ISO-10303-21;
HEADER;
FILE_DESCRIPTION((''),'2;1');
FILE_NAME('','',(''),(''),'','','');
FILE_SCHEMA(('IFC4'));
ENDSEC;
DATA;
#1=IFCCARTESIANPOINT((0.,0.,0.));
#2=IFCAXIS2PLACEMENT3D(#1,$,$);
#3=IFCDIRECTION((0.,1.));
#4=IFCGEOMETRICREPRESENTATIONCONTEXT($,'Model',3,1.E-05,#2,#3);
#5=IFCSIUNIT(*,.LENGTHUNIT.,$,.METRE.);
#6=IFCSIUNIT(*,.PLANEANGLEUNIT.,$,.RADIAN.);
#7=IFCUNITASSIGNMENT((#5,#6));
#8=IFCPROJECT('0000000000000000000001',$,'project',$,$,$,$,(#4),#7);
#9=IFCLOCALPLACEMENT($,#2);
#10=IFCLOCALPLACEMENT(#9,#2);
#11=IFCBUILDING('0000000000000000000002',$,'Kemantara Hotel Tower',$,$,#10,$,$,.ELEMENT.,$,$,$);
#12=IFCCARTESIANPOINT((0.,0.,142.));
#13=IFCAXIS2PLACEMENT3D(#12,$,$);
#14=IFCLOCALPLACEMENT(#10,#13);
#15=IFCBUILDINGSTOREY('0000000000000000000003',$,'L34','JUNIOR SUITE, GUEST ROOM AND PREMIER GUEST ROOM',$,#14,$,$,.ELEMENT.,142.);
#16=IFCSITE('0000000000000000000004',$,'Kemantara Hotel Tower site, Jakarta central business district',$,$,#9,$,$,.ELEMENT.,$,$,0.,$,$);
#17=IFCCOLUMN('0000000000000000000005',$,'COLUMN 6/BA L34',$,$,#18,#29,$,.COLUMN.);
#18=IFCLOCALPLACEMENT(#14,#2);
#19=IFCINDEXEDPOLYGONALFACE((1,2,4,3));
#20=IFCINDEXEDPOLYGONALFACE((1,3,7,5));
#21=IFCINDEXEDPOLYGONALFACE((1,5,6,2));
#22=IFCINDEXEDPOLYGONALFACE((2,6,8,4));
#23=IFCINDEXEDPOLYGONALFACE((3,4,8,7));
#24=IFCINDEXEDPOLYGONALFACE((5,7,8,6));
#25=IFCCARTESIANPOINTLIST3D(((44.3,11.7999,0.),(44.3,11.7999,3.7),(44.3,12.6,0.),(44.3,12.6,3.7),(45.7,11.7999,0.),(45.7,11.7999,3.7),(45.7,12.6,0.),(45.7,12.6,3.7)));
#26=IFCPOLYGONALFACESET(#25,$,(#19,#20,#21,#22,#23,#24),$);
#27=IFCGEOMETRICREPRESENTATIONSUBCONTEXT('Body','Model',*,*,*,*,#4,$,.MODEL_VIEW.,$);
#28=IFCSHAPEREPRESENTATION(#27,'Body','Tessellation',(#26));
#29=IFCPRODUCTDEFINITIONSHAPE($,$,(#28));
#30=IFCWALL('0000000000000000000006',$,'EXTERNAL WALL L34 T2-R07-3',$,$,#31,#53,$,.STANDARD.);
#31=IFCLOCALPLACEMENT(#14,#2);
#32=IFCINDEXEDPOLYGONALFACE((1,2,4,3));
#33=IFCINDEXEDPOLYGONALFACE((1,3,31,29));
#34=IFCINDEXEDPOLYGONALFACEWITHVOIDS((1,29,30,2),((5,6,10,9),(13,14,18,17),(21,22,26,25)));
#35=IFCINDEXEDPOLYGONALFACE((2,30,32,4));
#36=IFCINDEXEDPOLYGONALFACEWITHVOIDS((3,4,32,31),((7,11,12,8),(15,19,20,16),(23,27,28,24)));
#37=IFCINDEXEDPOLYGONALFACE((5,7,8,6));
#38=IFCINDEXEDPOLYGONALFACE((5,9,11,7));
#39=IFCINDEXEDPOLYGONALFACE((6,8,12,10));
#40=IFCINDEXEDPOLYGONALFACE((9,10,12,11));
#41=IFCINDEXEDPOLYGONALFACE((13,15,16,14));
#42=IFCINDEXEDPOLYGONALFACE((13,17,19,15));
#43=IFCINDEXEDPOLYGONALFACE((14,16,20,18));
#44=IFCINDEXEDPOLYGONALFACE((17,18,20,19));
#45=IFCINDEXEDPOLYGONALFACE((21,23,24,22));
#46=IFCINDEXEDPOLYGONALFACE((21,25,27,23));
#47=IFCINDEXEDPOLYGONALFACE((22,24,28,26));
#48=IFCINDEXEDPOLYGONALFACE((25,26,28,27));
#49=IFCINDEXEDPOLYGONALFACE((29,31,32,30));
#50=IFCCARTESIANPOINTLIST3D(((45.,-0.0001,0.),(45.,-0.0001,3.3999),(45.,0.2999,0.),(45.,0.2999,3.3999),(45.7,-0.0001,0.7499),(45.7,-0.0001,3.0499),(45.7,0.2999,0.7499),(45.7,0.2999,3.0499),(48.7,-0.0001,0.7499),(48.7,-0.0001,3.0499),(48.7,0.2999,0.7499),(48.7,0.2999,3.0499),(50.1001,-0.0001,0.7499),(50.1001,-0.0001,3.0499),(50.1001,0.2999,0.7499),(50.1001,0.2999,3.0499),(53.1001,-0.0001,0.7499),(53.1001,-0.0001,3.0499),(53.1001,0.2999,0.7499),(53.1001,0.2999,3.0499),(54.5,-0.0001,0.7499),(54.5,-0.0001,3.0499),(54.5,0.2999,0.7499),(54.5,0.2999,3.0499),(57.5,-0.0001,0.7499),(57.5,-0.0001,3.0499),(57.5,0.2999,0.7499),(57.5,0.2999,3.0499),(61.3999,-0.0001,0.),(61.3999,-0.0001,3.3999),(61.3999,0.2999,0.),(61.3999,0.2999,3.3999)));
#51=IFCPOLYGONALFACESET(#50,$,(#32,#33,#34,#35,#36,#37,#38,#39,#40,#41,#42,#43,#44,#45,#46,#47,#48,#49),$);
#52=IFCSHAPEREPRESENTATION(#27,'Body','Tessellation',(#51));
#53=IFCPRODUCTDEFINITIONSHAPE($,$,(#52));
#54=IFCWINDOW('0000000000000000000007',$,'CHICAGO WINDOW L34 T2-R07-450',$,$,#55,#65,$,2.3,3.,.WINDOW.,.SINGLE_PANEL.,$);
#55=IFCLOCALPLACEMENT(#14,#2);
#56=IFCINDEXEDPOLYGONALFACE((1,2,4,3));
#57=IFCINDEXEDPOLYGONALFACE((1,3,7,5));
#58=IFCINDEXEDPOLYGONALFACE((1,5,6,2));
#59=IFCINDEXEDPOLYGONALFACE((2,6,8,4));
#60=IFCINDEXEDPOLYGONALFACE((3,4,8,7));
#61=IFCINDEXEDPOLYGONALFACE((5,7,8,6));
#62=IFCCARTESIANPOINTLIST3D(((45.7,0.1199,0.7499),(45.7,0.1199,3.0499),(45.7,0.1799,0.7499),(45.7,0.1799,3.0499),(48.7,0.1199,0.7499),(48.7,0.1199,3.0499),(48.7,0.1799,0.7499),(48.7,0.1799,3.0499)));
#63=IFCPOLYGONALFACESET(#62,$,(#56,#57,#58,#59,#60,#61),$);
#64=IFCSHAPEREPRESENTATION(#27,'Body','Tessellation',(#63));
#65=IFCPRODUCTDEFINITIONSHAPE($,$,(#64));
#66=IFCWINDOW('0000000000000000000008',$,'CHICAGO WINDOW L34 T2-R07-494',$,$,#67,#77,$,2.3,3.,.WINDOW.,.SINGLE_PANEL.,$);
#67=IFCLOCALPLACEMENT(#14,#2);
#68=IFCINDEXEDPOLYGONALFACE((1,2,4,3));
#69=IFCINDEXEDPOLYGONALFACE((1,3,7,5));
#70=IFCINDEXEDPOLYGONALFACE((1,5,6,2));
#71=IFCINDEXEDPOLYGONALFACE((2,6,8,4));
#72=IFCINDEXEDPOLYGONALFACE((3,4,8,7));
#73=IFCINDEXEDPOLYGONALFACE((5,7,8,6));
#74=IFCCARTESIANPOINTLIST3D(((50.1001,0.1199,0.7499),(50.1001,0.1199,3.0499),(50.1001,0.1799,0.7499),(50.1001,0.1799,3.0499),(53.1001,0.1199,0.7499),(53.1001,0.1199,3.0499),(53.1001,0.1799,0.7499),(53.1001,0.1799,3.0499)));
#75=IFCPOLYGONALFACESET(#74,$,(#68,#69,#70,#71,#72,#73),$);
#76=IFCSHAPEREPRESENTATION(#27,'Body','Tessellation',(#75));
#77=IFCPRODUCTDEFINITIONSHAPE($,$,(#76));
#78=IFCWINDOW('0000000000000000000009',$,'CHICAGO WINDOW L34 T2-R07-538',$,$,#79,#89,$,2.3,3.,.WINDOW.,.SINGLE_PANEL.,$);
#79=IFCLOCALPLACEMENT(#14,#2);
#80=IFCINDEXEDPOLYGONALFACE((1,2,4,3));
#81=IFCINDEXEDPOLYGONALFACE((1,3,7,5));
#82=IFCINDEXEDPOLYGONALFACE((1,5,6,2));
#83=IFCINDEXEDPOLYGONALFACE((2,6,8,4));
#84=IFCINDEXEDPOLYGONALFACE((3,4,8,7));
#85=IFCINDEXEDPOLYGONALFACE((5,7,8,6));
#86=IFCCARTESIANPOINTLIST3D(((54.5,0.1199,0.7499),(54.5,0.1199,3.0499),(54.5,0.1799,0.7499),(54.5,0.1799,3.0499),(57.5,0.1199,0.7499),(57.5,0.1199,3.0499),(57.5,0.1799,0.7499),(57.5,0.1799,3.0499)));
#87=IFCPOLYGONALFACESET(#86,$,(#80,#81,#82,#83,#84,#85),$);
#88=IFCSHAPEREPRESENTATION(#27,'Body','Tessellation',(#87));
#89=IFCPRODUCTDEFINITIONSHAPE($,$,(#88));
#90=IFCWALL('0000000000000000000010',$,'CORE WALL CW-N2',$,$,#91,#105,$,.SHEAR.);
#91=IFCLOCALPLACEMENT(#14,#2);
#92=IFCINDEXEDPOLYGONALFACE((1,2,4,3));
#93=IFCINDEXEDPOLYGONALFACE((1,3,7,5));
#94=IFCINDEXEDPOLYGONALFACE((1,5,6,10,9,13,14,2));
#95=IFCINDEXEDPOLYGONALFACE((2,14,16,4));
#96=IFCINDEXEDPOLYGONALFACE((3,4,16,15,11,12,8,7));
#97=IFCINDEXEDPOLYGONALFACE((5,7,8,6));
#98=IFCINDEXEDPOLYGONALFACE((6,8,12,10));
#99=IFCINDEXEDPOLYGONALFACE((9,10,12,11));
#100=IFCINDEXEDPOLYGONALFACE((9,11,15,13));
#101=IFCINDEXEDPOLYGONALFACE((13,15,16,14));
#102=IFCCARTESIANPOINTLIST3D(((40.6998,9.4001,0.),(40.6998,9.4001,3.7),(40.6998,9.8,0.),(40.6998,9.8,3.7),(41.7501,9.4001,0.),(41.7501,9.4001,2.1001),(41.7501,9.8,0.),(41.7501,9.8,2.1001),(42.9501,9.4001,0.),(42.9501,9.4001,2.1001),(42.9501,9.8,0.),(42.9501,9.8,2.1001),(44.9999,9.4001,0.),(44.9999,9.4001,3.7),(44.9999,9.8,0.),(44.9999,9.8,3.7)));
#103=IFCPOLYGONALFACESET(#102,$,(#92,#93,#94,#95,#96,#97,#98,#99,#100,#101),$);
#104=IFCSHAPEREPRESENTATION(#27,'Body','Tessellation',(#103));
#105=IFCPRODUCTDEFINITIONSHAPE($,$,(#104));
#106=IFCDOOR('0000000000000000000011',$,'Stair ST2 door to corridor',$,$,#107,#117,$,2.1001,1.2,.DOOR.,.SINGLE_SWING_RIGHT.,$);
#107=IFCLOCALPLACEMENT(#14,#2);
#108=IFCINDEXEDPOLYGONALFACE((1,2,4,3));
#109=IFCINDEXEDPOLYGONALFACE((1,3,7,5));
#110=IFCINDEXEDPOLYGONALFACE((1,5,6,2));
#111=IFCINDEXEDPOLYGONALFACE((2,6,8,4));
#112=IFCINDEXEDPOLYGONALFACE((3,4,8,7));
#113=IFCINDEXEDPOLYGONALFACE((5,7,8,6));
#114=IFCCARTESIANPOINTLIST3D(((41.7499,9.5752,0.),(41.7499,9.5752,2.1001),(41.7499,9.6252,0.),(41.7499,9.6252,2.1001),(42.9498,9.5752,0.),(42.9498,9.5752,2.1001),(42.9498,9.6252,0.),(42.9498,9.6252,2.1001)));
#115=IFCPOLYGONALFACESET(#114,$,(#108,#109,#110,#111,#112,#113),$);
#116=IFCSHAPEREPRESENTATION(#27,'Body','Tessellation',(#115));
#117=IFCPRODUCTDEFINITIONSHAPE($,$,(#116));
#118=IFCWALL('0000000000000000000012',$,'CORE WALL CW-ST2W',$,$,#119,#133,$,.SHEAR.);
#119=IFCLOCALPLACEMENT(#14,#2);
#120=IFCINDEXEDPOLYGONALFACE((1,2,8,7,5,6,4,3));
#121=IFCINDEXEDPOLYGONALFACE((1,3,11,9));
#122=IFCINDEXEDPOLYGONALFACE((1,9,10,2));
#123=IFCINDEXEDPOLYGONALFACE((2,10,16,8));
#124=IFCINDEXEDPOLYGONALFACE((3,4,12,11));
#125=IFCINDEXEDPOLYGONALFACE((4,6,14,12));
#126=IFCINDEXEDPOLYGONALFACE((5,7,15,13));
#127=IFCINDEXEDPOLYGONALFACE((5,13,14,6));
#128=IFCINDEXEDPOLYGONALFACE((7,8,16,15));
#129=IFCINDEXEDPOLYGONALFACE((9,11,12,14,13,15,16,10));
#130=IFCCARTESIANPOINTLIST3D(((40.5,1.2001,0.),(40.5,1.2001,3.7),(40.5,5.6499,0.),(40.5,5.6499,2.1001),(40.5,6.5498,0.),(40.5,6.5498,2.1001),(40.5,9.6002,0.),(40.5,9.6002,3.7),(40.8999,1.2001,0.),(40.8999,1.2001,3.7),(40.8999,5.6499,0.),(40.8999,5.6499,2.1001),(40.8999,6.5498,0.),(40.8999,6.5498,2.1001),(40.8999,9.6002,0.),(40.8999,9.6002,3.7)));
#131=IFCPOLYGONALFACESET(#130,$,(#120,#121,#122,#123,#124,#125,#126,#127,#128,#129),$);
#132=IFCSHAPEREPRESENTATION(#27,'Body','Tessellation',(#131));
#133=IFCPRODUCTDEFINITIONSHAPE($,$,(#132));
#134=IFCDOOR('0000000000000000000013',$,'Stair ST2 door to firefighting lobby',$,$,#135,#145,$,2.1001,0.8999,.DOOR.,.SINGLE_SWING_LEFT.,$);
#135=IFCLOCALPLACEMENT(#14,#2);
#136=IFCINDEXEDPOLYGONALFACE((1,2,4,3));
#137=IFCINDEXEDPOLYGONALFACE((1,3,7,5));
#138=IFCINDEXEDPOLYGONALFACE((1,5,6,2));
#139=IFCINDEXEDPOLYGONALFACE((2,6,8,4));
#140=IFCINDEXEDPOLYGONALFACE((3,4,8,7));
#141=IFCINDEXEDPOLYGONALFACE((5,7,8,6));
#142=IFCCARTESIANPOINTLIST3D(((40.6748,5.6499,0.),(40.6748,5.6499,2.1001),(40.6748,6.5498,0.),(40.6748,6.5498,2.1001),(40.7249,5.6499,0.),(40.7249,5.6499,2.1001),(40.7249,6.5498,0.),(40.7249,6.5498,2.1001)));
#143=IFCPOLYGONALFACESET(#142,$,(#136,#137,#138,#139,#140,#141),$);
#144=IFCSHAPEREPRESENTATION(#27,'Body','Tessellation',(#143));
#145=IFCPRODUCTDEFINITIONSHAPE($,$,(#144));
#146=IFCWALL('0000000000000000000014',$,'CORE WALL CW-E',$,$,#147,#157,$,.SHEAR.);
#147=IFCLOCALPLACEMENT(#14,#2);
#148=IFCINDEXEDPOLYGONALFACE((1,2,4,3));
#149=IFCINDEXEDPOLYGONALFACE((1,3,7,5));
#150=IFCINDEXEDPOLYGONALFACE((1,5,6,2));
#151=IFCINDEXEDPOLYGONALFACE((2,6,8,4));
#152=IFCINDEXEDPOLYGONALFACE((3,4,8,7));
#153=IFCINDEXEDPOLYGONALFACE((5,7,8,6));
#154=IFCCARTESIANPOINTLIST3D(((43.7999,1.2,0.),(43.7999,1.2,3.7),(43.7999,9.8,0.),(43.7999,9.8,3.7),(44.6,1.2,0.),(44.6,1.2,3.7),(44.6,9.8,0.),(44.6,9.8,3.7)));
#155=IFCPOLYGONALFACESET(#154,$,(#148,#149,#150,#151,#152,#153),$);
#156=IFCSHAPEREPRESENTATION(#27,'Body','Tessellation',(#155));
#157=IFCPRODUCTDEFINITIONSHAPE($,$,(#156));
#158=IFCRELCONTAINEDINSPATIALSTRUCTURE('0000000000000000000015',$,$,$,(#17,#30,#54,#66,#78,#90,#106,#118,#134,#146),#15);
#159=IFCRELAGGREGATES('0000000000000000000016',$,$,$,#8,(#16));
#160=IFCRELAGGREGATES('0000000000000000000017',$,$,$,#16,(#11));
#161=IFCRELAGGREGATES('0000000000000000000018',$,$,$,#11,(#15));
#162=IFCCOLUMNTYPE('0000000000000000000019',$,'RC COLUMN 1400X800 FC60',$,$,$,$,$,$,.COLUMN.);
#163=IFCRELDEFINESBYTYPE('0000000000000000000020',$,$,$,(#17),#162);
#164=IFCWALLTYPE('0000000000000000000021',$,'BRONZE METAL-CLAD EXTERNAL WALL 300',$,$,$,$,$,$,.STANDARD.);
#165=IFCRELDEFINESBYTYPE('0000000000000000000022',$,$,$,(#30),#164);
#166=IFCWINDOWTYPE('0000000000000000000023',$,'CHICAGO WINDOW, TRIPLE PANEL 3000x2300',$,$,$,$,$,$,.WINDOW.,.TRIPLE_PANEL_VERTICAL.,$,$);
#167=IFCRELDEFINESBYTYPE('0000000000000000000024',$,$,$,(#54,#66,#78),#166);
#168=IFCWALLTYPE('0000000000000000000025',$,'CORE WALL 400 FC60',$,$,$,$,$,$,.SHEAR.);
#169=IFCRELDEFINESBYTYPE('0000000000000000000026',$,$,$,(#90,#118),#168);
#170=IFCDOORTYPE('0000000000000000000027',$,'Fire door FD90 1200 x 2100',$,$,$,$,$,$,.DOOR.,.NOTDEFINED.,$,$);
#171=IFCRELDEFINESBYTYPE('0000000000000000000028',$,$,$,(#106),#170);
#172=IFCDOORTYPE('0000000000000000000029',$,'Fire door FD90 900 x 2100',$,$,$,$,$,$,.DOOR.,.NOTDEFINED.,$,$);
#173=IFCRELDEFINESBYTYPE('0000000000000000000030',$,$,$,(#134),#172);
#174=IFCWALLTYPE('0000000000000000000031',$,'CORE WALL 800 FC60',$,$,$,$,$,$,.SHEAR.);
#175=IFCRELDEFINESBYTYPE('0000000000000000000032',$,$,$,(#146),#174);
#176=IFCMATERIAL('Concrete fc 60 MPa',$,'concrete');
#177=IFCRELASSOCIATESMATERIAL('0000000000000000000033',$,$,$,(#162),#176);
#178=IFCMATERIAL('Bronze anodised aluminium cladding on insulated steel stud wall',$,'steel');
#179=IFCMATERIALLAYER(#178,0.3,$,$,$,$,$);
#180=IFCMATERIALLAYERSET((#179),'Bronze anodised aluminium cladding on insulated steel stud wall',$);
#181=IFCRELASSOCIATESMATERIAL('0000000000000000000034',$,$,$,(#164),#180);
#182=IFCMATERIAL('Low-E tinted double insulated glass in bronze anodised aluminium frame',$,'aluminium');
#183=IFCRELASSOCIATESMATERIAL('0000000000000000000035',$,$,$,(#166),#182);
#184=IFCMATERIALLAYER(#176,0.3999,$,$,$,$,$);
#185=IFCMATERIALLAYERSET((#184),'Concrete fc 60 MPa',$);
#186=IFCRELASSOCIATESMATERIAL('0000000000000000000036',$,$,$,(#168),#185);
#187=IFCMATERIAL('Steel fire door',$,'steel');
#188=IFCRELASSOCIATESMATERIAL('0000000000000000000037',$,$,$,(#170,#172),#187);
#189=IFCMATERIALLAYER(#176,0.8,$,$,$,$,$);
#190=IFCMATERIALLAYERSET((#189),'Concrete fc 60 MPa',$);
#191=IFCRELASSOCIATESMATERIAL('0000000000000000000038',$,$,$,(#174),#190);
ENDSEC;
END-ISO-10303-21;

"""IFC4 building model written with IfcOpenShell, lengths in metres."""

from ifc_helpers import new_model, si_unit, direction, frame, frame_2d, origin, origin_2d, place, context, subcontext, project, spatial, rectangle, extrude, material, layer, layer_set, material_profile, profile_set, type_object, element, fill, save


model = new_model("IFC4")

# Units and contexts
model_context = context("Model", 3, precision=1e-05, world=origin(), true_north=direction((0.0, 1.0)))
body_context = subcontext(model_context, "Body", "Model", "MODEL_VIEW")
ifc_project = project(units=[si_unit("LENGTHUNIT", "METRE"), si_unit("PLANEANGLEUNIT", "RADIAN")], contexts=[model_context])

# Site, building, storey
site_placement = place(None, origin())
site = spatial("IfcSite", under=ifc_project, at=site_placement, Name="Kemantara Hotel Tower site, Jakarta central business district", CompositionType="ELEMENT", RefElevation=0.0)
building_placement = place(site_placement, origin())
building = spatial("IfcBuilding", under=site, at=building_placement, Name="Kemantara Hotel Tower", CompositionType="ELEMENT")
storey_placement = place(building_placement, frame((0.0, 0.0, 142.0)))
storey = spatial("IfcBuildingStorey", under=building, at=storey_placement, Name="L34", Description="JUNIOR SUITE, GUEST ROOM AND PREMIER GUEST ROOM", CompositionType="ELEMENT", Elevation=142.0)

# Column
ifc_material_1 = material(Name="Concrete fc 60 MPa", Category="concrete")
ifc_material_profile = material_profile(ifc_material_1, rectangle(XDim=1.3999, YDim=0.8, at=origin_2d()), Name="RC 1400X800")
ifc_profile_set = profile_set([ifc_material_profile], Name="Concrete fc 60 MPa")
column_type = type_object("IfcColumnType", Name="RC COLUMN 1400X800 FC60", PredefinedType="COLUMN", material=ifc_profile_set)
column_placement = place(storey_placement, frame((45.0, 12.2, 0.0), z_axis=(0.0, 0.0, 1.0), x_axis=(1.0, 0.0, 0.0)))
element("IfcColumn", 1, at=column_placement, inside=storey, type_object=column_type, Name="COLUMN 6/BA L34", PredefinedType="COLUMN", context=body_context, shape_type="SweptSolid", body=[
    extrude(rectangle(XDim=1.3999, YDim=0.8, at=origin_2d()), origin(), (0.0, 0.0, 1.0), 3.7),
])

# Wall, openings, windows
ifc_material_2 = material(Name="Bronze anodised aluminium cladding on insulated steel stud wall", Category="steel")
ifc_layer_1 = layer(ifc_material_2, 0.3)
ifc_layer_set_1 = layer_set([ifc_layer_1], Name="Bronze anodised aluminium cladding on insulated steel stud wall")
wall_type_1 = type_object("IfcWallType", Name="BRONZE METAL-CLAD EXTERNAL WALL 300", PredefinedType="STANDARD", material=ifc_layer_set_1)
wall_1_placement = place(storey_placement, frame((45.0, 0.1499, 0.0), z_axis=(0.0, 0.0, 1.0), x_axis=(1.0, 0.0, 0.0)))
wall_1 = element("IfcWall", 2, at=wall_1_placement, inside=storey, type_object=wall_type_1, Name="EXTERNAL WALL L34 T2-R07-3", PredefinedType="STANDARD", context=body_context, shape_type="SweptSolid", body=[
    extrude(rectangle(XDim=16.3999, YDim=0.3, at=frame_2d((8.2, 0.0))), origin(), (0.0, 0.0, 1.0), 3.3999),
])
opening_1_placement = place(wall_1_placement, frame((0.7, 0.0, 0.75)))
opening_1 = element("IfcOpeningElement", 3, at=opening_1_placement, cuts=wall_1, PredefinedType="OPENING", context=body_context, shape_type="SweptSolid", body=[
    extrude(rectangle(XDim=3.0, YDim=2.3, at=frame_2d((1.5, 1.1499))), frame((0.0, 0.1599, 0.0), z_axis=(0.0, -1.0, 0.0), x_axis=(1.0, 0.0, 0.0)), (0.0, 0.0, 1.0), 0.3201),
])
opening_2_placement = place(wall_1_placement, frame((5.1001, 0.0, 0.75)))
opening_2 = element("IfcOpeningElement", 4, at=opening_2_placement, cuts=wall_1, PredefinedType="OPENING", context=body_context, shape_type="SweptSolid", body=[
    extrude(rectangle(XDim=3.0, YDim=2.3, at=frame_2d((1.5, 1.1499))), frame((0.0, 0.1599, 0.0), z_axis=(0.0, -1.0, 0.0), x_axis=(1.0, 0.0, 0.0)), (0.0, 0.0, 1.0), 0.3201),
])
opening_3_placement = place(wall_1_placement, frame((9.5, 0.0, 0.75)))
opening_3 = element("IfcOpeningElement", 5, at=opening_3_placement, cuts=wall_1, PredefinedType="OPENING", context=body_context, shape_type="SweptSolid", body=[
    extrude(rectangle(XDim=3.0, YDim=2.3, at=frame_2d((1.5, 1.1499))), frame((0.0, 0.1599, 0.0), z_axis=(0.0, -1.0, 0.0), x_axis=(1.0, 0.0, 0.0)), (0.0, 0.0, 1.0), 0.3201),
])
ifc_material_3 = material(Name="Low-E tinted double insulated glass in bronze anodised aluminium frame", Category="aluminium")
window_type = type_object("IfcWindowType", Name="CHICAGO WINDOW, TRIPLE PANEL 3000x2300", PartitioningType="TRIPLE_PANEL_VERTICAL", PredefinedType="WINDOW", material=ifc_material_3)
window_1_placement = place(opening_1_placement, origin())
window_1 = element("IfcWindow", 6, at=window_1_placement, inside=storey, type_object=window_type, Name="CHICAGO WINDOW L34 T2-R07-450", OverallHeight=2.3, OverallWidth=3.0, PartitioningType="SINGLE_PANEL", PredefinedType="WINDOW", context=body_context, shape_type="SweptSolid", body=[
    extrude(rectangle(XDim=3.0, YDim=2.3, at=frame_2d((1.5, 1.1499))), frame((0.0, 0.03, 0.0), z_axis=(0.0, -1.0, 0.0), x_axis=(1.0, 0.0, 0.0)), (0.0, 0.0, 1.0), 0.0601),
])
fill(opening_1, window_1)
window_2_placement = place(opening_2_placement, origin())
window_2 = element("IfcWindow", 7, at=window_2_placement, inside=storey, type_object=window_type, Name="CHICAGO WINDOW L34 T2-R07-494", OverallHeight=2.3, OverallWidth=3.0, PartitioningType="SINGLE_PANEL", PredefinedType="WINDOW", context=body_context, shape_type="SweptSolid", body=[
    extrude(rectangle(XDim=3.0, YDim=2.3, at=frame_2d((1.5, 1.1499))), frame((0.0, 0.03, 0.0), z_axis=(0.0, -1.0, 0.0), x_axis=(1.0, 0.0, 0.0)), (0.0, 0.0, 1.0), 0.0601),
])
fill(opening_2, window_2)
window_3_placement = place(opening_3_placement, origin())
window_3 = element("IfcWindow", 8, at=window_3_placement, inside=storey, type_object=window_type, Name="CHICAGO WINDOW L34 T2-R07-538", OverallHeight=2.3, OverallWidth=3.0, PartitioningType="SINGLE_PANEL", PredefinedType="WINDOW", context=body_context, shape_type="SweptSolid", body=[
    extrude(rectangle(XDim=3.0, YDim=2.3, at=frame_2d((1.5, 1.1499))), frame((0.0, 0.03, 0.0), z_axis=(0.0, -1.0, 0.0), x_axis=(1.0, 0.0, 0.0)), (0.0, 0.0, 1.0), 0.0601),
])
fill(opening_3, window_3)

# Walls, openings, doors
ifc_layer_2 = layer(ifc_material_1, 0.3999)
ifc_layer_set_2 = layer_set([ifc_layer_2], Name="Concrete fc 60 MPa")
wall_type_2 = type_object("IfcWallType", Name="CORE WALL 400 FC60", PredefinedType="SHEAR", material=ifc_layer_set_2)
wall_2_placement = place(storey_placement, frame((40.7, 9.6001, 0.0), z_axis=(0.0, 0.0, 1.0), x_axis=(1.0, 0.0, 0.0)))
wall_2 = element("IfcWall", 9, at=wall_2_placement, inside=storey, type_object=wall_type_2, Name="CORE WALL CW-N2", PredefinedType="SHEAR", context=body_context, shape_type="SweptSolid", body=[
    extrude(rectangle(XDim=4.3, YDim=0.3999, at=frame_2d((2.1499, 0.0))), origin(), (0.0, 0.0, 1.0), 3.7),
])
opening_4_placement = place(wall_2_placement, frame((1.05, 0.0, 0.0)))
opening_4 = element("IfcOpeningElement", 10, at=opening_4_placement, cuts=wall_2, PredefinedType="OPENING", context=body_context, shape_type="SweptSolid", body=[
    extrude(rectangle(XDim=1.2, YDim=2.1001, at=frame_2d((0.6001, 1.05))), frame((0.0, 0.21, 0.0), z_axis=(0.0, -1.0, 0.0), x_axis=(1.0, 0.0, 0.0)), (0.0, 0.0, 1.0), 0.4199),
])
ifc_material_4 = material(Name="Steel fire door", Category="steel")
door_type_1 = type_object("IfcDoorType", Name="Fire door FD90 1200 x 2100", OperationType="NOTDEFINED", PredefinedType="DOOR", material=ifc_material_4)
door_1_placement = place(opening_4_placement, frame((1.2, 0.0, 0.0), z_axis=(0.0, 0.0, 1.0), x_axis=(-1.0, 0.0, 0.0)))
door_1 = element("IfcDoor", 11, at=door_1_placement, inside=storey, type_object=door_type_1, Name="Stair ST2 door to corridor", OperationType="SINGLE_SWING_RIGHT", OverallHeight=2.1001, OverallWidth=1.2, PredefinedType="DOOR", context=body_context, shape_type="SweptSolid", body=[
    extrude(rectangle(XDim=1.2, YDim=2.1001, at=frame_2d((0.6001, 1.05))), frame((0.0, 0.0249, 0.0), z_axis=(0.0, -1.0, 0.0), x_axis=(1.0, 0.0, 0.0)), (0.0, 0.0, 1.0), 0.05),
])
fill(opening_4, door_1)
wall_3_placement = place(storey_placement, frame((40.7, 1.2, 0.0), z_axis=(0.0, 0.0, 1.0), x_axis=(0.0, 1.0, 0.0)))
wall_3 = element("IfcWall", 12, at=wall_3_placement, inside=storey, type_object=wall_type_2, Name="CORE WALL CW-ST2W", PredefinedType="SHEAR", context=body_context, shape_type="SweptSolid", body=[
    extrude(rectangle(XDim=8.4001, YDim=0.3999, at=frame_2d((4.2002, 0.0))), origin(), (0.0, 0.0, 1.0), 3.7),
])
opening_5_placement = place(wall_3_placement, frame((4.45, 0.0, 0.0)))
opening_5 = element("IfcOpeningElement", 13, at=opening_5_placement, cuts=wall_3, PredefinedType="OPENING", context=body_context, shape_type="SweptSolid", body=[
    extrude(rectangle(XDim=0.8999, YDim=2.1001, at=frame_2d((0.45, 1.05))), frame((0.0, 0.21, 0.0), z_axis=(0.0, -1.0, 0.0), x_axis=(1.0, 0.0, 0.0)), (0.0, 0.0, 1.0), 0.4199),
])
door_type_2 = type_object("IfcDoorType", Name="Fire door FD90 900 x 2100", OperationType="NOTDEFINED", PredefinedType="DOOR", material=ifc_material_4)
door_2_placement = place(opening_5_placement, frame((0.8999, 0.0, 0.0), z_axis=(0.0, 0.0, 1.0), x_axis=(-1.0, 0.0, 0.0)))
door_2 = element("IfcDoor", 14, at=door_2_placement, inside=storey, type_object=door_type_2, Name="Stair ST2 door to firefighting lobby", OperationType="SINGLE_SWING_LEFT", OverallHeight=2.1001, OverallWidth=0.8999, PredefinedType="DOOR", context=body_context, shape_type="SweptSolid", body=[
    extrude(rectangle(XDim=0.8999, YDim=2.1001, at=frame_2d((0.45, 1.05))), frame((0.0, 0.0249, 0.0), z_axis=(0.0, -1.0, 0.0), x_axis=(1.0, 0.0, 0.0)), (0.0, 0.0, 1.0), 0.05),
])
fill(opening_5, door_2)

# Wall
ifc_layer_3 = layer(ifc_material_1, 0.8)
ifc_layer_set_3 = layer_set([ifc_layer_3], Name="Concrete fc 60 MPa")
wall_type_3 = type_object("IfcWallType", Name="CORE WALL 800 FC60", PredefinedType="SHEAR", material=ifc_layer_set_3)
wall_4_placement = place(storey_placement, frame((44.2, 1.2, 0.0), z_axis=(0.0, 0.0, 1.0), x_axis=(0.0, 1.0, 0.0)))
element("IfcWall", 15, at=wall_4_placement, inside=storey, type_object=wall_type_3, Name="CORE WALL CW-E", PredefinedType="SHEAR", context=body_context, shape_type="SweptSolid", body=[
    extrude(rectangle(XDim=8.6001, YDim=0.8, at=frame_2d((4.3, 0.0))), origin(), (0.0, 0.0, 1.0), 3.7),
])

save(model, "model.ifc")
